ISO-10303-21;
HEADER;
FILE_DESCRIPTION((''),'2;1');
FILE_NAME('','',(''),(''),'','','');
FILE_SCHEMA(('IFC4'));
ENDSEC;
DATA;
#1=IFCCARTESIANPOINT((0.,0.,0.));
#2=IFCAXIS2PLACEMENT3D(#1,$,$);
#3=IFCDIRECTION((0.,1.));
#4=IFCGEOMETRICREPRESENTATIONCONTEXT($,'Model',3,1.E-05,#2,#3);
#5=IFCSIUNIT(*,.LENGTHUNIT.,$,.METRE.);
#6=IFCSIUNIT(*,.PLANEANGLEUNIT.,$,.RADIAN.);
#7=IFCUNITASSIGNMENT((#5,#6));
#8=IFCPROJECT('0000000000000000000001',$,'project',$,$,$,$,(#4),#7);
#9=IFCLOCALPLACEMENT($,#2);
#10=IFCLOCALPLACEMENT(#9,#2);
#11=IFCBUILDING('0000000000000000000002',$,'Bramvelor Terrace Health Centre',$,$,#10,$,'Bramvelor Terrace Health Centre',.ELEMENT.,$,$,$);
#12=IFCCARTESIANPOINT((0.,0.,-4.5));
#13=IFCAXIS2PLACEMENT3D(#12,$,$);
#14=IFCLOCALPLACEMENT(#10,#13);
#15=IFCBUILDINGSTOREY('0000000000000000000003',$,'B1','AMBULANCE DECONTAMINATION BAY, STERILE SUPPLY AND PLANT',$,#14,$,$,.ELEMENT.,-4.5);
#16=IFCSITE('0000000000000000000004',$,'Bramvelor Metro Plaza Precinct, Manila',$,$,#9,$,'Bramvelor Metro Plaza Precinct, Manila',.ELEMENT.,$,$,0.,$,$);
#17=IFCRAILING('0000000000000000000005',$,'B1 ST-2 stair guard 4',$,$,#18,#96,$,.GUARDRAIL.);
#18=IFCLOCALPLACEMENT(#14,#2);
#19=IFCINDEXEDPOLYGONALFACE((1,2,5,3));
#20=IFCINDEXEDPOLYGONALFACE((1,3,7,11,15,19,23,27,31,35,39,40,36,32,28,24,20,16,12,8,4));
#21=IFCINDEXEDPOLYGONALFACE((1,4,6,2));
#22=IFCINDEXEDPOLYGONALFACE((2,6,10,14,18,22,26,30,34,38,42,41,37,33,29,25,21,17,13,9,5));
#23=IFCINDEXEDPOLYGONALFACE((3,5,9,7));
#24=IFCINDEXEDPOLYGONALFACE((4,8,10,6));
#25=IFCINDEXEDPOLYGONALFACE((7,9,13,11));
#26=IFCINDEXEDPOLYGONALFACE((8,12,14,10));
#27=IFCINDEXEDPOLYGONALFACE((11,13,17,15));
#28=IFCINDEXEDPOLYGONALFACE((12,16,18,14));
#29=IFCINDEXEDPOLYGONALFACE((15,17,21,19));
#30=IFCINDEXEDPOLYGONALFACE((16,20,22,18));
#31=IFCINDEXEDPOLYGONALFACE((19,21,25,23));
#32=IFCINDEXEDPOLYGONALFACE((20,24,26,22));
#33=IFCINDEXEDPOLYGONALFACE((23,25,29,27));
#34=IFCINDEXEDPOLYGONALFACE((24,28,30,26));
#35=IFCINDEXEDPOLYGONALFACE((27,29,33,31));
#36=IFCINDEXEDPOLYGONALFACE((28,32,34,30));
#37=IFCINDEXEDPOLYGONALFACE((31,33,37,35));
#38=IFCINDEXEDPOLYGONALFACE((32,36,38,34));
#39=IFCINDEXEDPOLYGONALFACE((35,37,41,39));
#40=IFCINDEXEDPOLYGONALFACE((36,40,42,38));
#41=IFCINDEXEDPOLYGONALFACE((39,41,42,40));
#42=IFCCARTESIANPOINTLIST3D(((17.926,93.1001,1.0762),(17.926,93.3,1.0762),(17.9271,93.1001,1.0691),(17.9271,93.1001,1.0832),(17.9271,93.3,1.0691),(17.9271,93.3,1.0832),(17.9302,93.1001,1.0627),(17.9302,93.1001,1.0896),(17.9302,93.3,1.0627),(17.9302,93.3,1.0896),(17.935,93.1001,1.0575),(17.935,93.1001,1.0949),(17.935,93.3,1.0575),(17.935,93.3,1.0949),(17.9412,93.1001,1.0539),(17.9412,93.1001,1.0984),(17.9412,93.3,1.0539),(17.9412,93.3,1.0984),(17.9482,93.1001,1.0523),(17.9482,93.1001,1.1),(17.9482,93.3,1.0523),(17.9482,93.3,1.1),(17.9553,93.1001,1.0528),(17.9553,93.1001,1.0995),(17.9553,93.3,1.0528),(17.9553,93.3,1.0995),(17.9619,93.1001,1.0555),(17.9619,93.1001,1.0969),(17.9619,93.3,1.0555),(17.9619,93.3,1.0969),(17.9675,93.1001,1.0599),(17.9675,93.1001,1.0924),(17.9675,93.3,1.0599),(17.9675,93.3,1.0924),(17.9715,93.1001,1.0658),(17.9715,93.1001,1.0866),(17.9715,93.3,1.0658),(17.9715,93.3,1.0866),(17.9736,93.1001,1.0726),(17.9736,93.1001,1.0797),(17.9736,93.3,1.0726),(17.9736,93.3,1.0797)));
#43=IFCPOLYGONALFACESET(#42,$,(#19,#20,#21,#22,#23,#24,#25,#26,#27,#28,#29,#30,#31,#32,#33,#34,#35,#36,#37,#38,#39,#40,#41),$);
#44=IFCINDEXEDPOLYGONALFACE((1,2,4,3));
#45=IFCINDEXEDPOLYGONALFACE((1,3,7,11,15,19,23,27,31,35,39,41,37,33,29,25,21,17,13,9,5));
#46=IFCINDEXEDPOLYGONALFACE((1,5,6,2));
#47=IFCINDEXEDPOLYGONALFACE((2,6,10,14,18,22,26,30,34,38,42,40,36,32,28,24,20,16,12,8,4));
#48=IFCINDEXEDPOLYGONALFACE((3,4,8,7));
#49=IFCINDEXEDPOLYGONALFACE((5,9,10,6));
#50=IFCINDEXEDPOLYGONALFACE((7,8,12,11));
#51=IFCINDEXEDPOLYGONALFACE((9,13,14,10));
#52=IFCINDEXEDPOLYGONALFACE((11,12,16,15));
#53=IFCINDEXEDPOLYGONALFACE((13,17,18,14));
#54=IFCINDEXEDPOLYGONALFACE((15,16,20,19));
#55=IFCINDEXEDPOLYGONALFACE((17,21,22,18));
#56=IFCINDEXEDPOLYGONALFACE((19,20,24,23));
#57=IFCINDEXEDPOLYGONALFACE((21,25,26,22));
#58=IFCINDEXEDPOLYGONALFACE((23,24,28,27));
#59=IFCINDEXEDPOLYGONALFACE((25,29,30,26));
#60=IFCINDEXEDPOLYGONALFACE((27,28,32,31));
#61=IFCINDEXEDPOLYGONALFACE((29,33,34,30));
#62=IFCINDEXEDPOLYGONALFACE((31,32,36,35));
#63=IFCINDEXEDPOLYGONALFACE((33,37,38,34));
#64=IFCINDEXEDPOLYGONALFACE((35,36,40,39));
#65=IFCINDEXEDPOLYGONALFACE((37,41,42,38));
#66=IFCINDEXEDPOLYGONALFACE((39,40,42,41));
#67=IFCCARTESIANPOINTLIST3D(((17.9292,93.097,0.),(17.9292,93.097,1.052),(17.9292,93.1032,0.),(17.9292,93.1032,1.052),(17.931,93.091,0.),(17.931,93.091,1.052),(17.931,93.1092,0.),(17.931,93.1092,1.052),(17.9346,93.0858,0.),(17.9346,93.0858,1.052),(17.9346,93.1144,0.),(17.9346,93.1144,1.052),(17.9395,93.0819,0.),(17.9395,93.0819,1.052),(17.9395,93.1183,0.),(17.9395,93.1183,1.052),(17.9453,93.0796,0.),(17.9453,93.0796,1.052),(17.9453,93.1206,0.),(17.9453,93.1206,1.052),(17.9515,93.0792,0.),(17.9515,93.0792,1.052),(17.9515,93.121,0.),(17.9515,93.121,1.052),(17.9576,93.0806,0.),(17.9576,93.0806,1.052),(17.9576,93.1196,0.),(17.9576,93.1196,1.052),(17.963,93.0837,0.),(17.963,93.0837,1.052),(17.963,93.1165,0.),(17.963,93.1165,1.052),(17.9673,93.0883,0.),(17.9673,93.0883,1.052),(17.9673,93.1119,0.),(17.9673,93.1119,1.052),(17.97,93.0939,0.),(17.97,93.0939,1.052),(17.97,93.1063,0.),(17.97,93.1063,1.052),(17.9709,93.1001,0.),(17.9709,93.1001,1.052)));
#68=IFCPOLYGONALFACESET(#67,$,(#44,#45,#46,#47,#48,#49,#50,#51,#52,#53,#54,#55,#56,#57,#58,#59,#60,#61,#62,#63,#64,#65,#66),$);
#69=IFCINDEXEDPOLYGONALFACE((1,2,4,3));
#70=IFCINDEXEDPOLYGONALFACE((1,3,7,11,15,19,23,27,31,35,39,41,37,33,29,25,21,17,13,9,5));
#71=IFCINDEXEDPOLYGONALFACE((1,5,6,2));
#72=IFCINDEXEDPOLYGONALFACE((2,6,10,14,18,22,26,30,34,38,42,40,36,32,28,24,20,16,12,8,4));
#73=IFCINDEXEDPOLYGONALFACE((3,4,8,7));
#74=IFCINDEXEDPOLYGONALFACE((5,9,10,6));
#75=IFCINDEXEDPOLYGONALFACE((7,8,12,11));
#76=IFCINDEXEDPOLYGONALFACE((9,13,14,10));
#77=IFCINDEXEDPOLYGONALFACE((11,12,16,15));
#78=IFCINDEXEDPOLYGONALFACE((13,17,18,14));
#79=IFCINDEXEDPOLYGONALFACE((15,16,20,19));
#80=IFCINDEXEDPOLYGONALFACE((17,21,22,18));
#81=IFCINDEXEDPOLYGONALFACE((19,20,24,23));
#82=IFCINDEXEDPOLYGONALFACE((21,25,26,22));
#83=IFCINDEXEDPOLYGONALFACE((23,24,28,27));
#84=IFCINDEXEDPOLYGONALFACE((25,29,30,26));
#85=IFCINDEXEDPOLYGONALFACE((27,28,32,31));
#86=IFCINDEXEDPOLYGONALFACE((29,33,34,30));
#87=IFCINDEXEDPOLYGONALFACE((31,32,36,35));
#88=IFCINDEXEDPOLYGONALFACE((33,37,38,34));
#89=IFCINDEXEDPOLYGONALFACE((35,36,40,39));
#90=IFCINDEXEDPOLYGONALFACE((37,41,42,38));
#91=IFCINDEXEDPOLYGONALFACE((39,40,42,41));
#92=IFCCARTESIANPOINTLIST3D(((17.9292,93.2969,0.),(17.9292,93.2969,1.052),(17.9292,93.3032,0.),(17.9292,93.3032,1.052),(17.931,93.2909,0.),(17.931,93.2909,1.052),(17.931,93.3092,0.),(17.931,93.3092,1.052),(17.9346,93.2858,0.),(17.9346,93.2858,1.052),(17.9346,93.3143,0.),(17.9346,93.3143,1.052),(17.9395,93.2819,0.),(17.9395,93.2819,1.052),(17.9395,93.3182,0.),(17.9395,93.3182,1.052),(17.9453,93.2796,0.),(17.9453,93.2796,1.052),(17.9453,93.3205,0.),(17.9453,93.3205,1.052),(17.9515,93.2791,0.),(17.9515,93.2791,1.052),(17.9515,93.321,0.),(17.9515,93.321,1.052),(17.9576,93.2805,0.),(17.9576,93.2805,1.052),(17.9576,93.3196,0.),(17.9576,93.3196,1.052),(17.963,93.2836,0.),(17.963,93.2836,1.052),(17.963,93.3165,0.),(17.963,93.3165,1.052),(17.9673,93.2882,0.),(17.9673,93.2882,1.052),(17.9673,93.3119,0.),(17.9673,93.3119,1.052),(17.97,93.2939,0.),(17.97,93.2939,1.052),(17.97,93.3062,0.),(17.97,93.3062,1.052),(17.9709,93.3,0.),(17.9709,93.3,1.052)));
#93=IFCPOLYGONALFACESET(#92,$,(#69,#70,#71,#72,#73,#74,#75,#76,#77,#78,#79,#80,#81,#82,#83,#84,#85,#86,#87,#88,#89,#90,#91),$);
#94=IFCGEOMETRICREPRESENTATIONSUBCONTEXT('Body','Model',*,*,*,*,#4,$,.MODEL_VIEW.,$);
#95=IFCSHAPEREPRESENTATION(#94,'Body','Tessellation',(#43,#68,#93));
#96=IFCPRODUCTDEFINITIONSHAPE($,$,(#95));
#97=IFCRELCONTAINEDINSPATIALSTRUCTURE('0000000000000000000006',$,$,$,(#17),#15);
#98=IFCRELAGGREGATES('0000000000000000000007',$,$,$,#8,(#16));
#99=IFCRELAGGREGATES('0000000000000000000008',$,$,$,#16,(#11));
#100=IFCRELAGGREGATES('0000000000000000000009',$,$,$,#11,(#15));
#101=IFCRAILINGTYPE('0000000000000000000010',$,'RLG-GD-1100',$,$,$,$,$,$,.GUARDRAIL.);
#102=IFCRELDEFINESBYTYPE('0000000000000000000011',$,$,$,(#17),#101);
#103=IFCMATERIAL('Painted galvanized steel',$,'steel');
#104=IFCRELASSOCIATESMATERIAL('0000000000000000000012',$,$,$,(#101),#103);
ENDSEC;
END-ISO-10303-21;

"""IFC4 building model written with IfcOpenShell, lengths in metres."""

from ifc_helpers import new_model, si_unit, direction, frame, origin, origin_2d, place, context, subcontext, project, spatial, circle, extrude, material, type_object, element, save


model = new_model("IFC4")

# Units and contexts
model_context = context("Model", 3, precision=1e-05, world=origin(), true_north=direction((0.0, 1.0)))
body_context = subcontext(model_context, "Body", "Model", "MODEL_VIEW")
ifc_project = project(units=[si_unit("LENGTHUNIT", "METRE"), si_unit("PLANEANGLEUNIT", "RADIAN")], contexts=[model_context])

# Site, building, storey
site_placement = place(None, origin())
site = spatial("IfcSite", under=ifc_project, at=site_placement, Name="Bramvelor Metro Plaza Precinct, Manila", LongName="Bramvelor Metro Plaza Precinct, Manila", CompositionType="ELEMENT", RefElevation=0.0)
building_placement = place(site_placement, origin())
building = spatial("IfcBuilding", under=site, at=building_placement, Name="Bramvelor Terrace Health Centre", LongName="Bramvelor Terrace Health Centre", CompositionType="ELEMENT")
storey_placement = place(building_placement, frame((0.0, 0.0, -4.5)))
storey = spatial("IfcBuildingStorey", under=building, at=storey_placement, Name="B1", Description="AMBULANCE DECONTAMINATION BAY, STERILE SUPPLY AND PLANT", CompositionType="ELEMENT", Elevation=-4.5)

# Railing
ifc_material_1 = material(Name="Painted galvanized steel", Category="steel")
railing_type = type_object("IfcRailingType", Name="RLG-GD-1100", PredefinedType="GUARDRAIL", material=ifc_material_1)
railing_placement = place(storey_placement, frame((17.95, 93.1001, 0.0)))
element("IfcRailing", 1, at=railing_placement, inside=storey, type_object=railing_type, Name="B1 ST-2 stair guard 4", PredefinedType="GUARDRAIL", context=body_context, shape_type="SweptSolid", body=[
    extrude(circle(Radius=0.0239, at=origin_2d()), frame((0.0, 0.0, 1.0762), z_axis=(0.0, 1.0, 0.0), x_axis=(-1.0, 0.0, 0.0)), (0.0, 0.0, 1.0), 0.2),
    extrude(circle(Radius=0.021, at=origin_2d()), origin(), (0.0, 0.0, 1.0), 1.052),
    extrude(circle(Radius=0.021, at=origin_2d()), frame((0.0, 0.2, 0.0)), (0.0, 0.0, 1.0), 1.052),
])

save(model, "model.ifc")
